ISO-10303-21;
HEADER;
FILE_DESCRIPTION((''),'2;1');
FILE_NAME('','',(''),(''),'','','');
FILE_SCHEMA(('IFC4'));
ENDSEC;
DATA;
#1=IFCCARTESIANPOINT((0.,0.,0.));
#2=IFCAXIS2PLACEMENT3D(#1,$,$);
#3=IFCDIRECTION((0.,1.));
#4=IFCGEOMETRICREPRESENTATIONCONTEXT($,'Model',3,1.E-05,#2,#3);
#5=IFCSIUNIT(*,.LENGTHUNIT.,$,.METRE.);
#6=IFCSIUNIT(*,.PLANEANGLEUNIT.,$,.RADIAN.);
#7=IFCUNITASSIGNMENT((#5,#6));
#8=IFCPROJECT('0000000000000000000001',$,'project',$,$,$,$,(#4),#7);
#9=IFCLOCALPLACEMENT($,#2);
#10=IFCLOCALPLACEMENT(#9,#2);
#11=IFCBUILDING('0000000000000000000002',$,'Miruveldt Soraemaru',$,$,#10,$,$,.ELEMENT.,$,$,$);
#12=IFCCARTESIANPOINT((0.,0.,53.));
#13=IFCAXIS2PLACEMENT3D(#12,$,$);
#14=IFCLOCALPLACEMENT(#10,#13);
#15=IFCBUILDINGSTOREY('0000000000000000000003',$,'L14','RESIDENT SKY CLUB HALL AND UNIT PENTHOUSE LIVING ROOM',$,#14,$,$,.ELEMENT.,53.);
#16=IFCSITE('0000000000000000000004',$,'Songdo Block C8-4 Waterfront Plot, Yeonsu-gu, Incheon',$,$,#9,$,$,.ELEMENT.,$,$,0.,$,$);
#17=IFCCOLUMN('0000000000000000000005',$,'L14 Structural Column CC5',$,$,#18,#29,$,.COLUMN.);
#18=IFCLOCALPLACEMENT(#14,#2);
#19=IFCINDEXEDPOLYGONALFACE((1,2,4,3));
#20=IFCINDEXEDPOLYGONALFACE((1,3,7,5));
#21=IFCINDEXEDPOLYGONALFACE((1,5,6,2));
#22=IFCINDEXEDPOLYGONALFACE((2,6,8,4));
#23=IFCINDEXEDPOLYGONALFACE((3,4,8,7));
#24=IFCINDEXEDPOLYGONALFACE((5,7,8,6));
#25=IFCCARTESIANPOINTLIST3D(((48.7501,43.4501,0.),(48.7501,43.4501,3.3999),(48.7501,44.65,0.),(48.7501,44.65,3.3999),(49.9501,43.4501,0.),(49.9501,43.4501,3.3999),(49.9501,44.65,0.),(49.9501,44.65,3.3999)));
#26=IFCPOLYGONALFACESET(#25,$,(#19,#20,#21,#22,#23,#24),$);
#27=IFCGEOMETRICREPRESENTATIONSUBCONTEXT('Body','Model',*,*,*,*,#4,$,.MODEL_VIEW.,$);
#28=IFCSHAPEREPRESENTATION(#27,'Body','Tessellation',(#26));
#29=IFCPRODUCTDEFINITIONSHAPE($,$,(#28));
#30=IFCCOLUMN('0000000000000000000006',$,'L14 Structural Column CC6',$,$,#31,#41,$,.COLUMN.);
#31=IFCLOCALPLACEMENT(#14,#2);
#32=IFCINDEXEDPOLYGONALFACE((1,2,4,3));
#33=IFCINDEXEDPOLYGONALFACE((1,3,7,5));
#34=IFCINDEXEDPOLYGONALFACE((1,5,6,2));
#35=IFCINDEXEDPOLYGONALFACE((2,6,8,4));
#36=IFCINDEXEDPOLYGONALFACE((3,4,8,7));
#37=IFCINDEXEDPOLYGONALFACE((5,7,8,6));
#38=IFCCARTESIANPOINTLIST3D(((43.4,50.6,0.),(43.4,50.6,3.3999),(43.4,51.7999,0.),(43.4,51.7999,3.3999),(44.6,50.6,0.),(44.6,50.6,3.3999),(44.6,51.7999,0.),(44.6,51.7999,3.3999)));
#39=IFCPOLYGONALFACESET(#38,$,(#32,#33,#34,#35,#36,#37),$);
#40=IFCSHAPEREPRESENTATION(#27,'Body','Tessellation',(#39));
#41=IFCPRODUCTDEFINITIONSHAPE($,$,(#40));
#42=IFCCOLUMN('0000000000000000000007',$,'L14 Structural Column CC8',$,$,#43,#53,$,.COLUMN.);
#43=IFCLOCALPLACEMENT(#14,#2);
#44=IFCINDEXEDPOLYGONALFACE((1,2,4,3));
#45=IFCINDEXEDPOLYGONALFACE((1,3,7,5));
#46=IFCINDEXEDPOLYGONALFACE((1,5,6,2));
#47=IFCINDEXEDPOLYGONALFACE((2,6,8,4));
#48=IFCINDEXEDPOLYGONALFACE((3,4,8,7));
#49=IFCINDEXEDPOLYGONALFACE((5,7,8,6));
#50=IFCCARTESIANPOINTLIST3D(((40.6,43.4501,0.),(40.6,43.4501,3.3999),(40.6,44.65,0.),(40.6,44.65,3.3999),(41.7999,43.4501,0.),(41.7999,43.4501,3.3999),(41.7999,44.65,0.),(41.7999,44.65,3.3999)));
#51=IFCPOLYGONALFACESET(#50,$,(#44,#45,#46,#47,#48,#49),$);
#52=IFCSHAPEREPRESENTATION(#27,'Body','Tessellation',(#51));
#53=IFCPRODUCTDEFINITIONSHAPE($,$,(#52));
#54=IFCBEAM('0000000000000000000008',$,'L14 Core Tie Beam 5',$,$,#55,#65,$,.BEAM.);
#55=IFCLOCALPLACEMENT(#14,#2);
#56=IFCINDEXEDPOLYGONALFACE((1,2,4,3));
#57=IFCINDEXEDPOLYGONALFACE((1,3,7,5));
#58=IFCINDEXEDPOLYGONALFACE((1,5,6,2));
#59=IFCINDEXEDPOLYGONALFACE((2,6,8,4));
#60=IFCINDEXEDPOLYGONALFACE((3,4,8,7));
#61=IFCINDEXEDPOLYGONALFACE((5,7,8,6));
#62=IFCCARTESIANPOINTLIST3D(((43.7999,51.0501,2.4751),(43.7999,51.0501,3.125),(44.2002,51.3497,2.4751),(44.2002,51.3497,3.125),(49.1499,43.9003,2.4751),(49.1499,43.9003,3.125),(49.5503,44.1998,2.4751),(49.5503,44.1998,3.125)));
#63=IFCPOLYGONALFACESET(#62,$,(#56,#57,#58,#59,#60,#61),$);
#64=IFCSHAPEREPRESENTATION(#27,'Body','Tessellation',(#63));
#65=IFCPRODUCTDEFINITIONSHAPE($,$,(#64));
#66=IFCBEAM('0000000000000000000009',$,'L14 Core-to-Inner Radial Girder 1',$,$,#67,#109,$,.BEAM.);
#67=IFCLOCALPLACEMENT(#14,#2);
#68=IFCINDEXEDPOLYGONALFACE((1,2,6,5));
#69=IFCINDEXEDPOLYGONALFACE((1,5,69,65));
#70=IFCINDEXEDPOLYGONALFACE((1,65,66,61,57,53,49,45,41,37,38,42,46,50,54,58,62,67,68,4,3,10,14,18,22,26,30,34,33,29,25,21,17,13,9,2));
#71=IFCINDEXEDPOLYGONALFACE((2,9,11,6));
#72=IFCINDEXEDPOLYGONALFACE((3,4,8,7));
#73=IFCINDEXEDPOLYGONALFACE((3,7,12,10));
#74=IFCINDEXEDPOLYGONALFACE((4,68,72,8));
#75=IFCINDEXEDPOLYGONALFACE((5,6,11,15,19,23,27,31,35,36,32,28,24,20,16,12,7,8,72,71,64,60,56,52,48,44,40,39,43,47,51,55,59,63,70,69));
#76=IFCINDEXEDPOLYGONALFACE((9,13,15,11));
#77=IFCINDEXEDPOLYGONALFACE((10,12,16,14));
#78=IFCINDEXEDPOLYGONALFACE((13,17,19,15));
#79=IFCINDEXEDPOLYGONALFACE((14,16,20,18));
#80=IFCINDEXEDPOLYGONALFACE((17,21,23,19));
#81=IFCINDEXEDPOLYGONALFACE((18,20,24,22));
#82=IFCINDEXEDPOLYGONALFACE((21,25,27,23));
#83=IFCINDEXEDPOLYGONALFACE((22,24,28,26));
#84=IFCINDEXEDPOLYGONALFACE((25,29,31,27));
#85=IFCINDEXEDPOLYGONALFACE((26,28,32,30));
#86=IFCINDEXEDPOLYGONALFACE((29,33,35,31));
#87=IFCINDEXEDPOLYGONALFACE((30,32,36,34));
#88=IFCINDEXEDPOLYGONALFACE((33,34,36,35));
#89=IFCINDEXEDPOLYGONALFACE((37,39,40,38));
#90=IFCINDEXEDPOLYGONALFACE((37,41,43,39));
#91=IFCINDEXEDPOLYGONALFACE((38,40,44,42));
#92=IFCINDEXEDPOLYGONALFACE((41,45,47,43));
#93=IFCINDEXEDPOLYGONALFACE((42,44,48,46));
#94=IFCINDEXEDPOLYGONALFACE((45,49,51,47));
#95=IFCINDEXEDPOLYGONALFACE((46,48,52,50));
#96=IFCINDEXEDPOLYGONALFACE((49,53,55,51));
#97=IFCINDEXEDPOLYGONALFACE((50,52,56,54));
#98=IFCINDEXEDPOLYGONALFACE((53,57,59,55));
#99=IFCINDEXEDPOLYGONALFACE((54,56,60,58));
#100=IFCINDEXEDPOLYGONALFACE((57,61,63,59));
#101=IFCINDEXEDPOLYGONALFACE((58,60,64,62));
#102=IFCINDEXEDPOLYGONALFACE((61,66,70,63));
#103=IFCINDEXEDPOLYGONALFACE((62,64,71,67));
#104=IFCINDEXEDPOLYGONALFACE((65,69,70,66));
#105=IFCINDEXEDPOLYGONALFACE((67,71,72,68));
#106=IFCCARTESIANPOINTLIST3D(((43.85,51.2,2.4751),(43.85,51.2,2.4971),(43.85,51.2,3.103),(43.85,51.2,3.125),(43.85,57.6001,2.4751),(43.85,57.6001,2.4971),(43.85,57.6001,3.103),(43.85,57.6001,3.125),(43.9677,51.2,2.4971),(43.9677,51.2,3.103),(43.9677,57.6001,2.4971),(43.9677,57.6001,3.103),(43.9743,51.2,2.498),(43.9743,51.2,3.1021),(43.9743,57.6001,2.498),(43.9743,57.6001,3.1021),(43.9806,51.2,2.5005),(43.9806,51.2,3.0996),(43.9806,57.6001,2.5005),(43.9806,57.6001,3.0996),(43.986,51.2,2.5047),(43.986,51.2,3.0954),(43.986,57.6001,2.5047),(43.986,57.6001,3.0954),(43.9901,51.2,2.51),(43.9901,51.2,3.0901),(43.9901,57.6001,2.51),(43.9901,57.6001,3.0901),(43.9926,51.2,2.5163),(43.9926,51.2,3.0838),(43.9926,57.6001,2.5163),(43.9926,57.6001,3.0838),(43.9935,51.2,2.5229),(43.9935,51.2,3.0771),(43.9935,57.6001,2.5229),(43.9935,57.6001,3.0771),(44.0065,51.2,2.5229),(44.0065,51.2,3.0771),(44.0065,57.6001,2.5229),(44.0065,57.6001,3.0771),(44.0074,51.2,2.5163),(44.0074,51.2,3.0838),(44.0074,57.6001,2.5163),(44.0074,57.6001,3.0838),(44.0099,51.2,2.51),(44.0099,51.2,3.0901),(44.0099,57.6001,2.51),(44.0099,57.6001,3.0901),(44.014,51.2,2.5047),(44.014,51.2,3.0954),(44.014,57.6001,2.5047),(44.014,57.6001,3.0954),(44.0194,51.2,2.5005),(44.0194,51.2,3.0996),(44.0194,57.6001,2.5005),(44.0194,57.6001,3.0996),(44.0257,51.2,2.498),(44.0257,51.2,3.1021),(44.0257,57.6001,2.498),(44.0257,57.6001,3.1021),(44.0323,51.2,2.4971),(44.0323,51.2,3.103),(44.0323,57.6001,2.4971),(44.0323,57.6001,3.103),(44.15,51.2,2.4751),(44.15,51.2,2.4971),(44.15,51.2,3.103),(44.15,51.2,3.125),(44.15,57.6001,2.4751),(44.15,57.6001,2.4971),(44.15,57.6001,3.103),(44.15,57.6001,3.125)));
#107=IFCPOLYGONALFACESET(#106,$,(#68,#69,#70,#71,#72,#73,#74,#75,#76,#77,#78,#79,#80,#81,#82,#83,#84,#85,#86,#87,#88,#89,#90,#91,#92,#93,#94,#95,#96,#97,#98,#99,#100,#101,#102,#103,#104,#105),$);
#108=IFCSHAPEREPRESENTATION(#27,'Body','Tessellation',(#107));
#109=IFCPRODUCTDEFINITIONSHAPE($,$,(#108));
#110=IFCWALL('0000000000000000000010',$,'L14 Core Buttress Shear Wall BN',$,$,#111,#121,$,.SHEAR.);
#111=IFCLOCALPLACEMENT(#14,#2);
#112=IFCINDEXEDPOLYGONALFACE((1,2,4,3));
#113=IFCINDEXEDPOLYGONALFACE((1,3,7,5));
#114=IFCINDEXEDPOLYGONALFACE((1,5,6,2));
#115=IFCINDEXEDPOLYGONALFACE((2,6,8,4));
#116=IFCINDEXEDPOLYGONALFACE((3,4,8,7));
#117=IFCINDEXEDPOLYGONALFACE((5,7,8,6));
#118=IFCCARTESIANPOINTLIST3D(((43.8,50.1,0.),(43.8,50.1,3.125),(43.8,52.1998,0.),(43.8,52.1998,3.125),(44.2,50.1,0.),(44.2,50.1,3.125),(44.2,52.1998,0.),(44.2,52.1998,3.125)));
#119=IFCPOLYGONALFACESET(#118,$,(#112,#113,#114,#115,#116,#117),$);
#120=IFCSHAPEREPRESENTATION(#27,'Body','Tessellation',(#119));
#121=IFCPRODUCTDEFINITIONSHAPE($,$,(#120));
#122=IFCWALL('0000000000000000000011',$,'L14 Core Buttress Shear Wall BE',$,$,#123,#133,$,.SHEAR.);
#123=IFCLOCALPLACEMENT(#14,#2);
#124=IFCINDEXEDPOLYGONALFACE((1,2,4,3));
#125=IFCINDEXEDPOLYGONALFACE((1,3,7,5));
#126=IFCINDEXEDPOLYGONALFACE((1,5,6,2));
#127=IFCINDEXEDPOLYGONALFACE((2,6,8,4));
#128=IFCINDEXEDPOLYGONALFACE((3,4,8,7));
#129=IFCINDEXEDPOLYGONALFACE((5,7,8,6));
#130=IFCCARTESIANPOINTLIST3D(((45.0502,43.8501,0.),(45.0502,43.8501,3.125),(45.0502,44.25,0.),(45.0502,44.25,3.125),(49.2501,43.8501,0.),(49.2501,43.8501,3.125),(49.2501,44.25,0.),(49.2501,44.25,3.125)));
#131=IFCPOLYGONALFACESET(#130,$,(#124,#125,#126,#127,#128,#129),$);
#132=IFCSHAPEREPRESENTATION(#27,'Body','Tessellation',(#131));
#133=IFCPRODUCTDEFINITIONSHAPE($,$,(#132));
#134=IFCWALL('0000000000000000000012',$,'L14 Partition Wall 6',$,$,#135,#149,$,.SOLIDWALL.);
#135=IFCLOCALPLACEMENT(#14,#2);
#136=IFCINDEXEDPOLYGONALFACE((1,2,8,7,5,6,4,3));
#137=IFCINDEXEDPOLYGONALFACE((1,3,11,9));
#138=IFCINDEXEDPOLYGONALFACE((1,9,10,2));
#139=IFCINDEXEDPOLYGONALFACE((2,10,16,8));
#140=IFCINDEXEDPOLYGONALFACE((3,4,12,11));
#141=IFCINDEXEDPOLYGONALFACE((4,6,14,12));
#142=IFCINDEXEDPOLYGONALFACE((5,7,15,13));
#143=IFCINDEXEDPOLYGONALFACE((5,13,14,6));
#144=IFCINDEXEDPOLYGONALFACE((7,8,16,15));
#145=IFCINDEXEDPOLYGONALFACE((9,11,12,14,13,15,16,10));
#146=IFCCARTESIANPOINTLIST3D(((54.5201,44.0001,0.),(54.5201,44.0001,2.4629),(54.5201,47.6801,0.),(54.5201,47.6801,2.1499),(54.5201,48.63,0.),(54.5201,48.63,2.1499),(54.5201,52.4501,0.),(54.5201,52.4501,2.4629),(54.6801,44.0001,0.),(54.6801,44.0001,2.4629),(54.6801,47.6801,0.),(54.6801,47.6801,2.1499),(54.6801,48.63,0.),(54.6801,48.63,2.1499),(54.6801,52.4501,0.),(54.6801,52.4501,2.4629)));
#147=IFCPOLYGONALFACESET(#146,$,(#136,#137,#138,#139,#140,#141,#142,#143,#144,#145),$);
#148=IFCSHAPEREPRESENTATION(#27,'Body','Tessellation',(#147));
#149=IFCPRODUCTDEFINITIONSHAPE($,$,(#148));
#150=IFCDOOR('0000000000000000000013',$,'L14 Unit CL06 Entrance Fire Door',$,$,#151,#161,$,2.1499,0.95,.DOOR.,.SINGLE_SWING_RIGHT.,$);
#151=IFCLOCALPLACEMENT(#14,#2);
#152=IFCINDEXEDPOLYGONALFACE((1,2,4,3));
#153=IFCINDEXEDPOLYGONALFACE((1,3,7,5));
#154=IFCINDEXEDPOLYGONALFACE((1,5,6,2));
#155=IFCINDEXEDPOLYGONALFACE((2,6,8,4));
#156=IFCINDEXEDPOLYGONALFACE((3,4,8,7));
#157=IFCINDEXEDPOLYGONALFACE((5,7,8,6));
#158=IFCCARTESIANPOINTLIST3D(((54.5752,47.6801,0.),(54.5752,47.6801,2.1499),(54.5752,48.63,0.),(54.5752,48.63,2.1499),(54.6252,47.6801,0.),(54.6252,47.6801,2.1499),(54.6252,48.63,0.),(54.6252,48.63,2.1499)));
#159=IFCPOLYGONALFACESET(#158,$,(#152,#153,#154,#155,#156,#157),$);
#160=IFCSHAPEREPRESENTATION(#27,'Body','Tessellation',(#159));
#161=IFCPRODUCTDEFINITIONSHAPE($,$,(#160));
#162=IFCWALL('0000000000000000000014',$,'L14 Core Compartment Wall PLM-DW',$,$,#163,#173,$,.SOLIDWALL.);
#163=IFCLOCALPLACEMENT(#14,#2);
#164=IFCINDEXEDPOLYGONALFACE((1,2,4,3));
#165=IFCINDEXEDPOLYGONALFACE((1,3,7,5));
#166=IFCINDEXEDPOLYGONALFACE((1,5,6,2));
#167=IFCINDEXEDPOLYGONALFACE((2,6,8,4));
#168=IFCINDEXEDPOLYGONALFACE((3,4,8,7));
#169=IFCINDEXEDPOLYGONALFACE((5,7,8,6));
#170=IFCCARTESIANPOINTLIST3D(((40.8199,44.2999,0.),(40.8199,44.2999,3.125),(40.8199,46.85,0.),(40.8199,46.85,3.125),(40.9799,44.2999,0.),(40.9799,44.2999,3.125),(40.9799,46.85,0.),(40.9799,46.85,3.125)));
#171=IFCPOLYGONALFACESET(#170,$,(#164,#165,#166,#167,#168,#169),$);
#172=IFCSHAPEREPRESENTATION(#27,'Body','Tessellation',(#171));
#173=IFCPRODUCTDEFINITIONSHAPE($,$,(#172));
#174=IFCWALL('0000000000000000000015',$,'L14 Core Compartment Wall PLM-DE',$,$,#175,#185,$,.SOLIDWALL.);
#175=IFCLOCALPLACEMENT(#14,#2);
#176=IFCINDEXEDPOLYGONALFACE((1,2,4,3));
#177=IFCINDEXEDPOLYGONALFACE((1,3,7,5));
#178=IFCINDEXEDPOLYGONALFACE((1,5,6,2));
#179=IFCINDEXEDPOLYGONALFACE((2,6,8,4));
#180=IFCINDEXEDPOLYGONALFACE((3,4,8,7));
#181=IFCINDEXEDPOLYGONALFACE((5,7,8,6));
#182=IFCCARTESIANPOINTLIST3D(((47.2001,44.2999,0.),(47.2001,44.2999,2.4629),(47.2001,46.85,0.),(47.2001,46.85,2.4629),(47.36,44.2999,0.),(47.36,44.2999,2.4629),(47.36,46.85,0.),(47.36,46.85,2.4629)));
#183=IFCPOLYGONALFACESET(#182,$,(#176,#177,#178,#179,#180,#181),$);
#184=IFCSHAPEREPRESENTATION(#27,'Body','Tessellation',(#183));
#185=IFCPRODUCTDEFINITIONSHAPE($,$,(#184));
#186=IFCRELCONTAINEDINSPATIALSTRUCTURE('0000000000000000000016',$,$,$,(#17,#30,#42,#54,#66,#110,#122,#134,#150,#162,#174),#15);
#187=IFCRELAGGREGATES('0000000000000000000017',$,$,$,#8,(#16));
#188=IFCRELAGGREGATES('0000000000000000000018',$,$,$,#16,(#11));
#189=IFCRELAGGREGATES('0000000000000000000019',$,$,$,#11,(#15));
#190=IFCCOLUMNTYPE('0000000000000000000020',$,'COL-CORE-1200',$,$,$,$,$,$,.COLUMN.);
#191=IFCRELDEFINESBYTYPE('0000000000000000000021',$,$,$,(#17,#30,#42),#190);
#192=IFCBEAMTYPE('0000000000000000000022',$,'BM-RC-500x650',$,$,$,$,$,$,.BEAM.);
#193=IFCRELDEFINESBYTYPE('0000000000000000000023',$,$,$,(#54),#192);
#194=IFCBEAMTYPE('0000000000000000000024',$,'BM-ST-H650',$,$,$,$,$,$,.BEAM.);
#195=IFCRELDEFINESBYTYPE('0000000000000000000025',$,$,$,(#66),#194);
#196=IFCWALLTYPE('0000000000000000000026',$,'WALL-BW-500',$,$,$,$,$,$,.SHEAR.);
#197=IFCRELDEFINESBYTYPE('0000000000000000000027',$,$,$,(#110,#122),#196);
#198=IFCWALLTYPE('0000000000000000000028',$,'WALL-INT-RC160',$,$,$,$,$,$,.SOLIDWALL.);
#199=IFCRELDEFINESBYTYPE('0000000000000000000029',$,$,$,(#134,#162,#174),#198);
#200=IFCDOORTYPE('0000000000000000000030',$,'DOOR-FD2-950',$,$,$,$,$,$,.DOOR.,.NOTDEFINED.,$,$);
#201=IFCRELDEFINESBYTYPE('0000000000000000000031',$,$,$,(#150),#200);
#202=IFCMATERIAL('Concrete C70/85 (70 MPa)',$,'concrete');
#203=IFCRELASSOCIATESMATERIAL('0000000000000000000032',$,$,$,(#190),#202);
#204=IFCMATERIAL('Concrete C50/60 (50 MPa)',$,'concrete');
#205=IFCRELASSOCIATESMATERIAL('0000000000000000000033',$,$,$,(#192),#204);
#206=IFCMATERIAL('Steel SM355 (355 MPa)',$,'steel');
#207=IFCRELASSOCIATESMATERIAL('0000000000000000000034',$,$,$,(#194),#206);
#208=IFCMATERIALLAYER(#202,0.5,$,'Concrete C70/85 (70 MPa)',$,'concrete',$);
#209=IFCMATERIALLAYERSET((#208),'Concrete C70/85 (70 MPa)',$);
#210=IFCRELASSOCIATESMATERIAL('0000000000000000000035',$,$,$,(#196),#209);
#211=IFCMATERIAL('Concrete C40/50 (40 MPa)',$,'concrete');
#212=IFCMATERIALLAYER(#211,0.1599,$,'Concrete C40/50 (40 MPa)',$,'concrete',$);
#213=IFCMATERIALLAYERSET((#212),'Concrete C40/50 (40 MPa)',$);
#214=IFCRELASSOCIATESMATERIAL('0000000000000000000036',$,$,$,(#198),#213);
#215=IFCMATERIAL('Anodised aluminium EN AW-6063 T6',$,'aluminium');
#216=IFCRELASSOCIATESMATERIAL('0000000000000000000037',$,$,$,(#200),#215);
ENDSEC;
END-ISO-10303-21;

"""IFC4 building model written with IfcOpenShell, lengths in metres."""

from ifc_helpers import new_model, si_unit, direction, frame, frame_2d, origin, origin_2d, place, context, subcontext, project, spatial, rectangle, i_section, extrude, material, layer, layer_set, material_profile, profile_set, type_object, element, fill, save


model = new_model("IFC4")

# Units and contexts
model_context = context("Model", 3, precision=1e-05, world=origin(), true_north=direction((0.0, 1.0)))
body_context = subcontext(model_context, "Body", "Model", "MODEL_VIEW")
ifc_project = project(units=[si_unit("LENGTHUNIT", "METRE"), si_unit("PLANEANGLEUNIT", "RADIAN")], contexts=[model_context])

# Site, building, storey
site_placement = place(None, origin())
site = spatial("IfcSite", under=ifc_project, at=site_placement, Name="Songdo Block C8-4 Waterfront Plot, Yeonsu-gu, Incheon", CompositionType="ELEMENT", RefElevation=0.0)
building_placement = place(site_placement, origin())
building = spatial("IfcBuilding", under=site, at=building_placement, Name="Miruveldt Soraemaru", CompositionType="ELEMENT")
storey_placement = place(building_placement, frame((0.0, 0.0, 53.0)))
storey = spatial("IfcBuildingStorey", under=building, at=storey_placement, Name="L14", Description="RESIDENT SKY CLUB HALL AND UNIT PENTHOUSE LIVING ROOM", CompositionType="ELEMENT", Elevation=53.0)

# Columns
ifc_material_1 = material(Name="Concrete C70/85 (70 MPa)", Category="concrete")
ifc_material_profile_1 = material_profile(ifc_material_1, rectangle(XDim=1.2, YDim=1.2, at=origin_2d()), Name="Concrete C70/85 (70 MPa)", Category="concrete")
ifc_profile_set_1 = profile_set([ifc_material_profile_1], Name="Concrete C70/85 (70 MPa)")
column_type = type_object("IfcColumnType", Name="COL-CORE-1200", PredefinedType="COLUMN", material=ifc_profile_set_1)
for number, where, z_axis, x_axis, name in (
    (1, (49.3501, 44.05, 0.0), (0.0, 0.0, 1.0), (1.0, 0.0, 0.0), "L14 Structural Column CC5"),
    (2, (44.0, 51.2, 0.0), (0.0, 0.0, 1.0), (1.0, 0.0, 0.0), "L14 Structural Column CC6"),
    (3, (41.2, 44.05, 0.0), (0.0, 0.0, 1.0), (1.0, 0.0, 0.0), "L14 Structural Column CC8"),
):
    element("IfcColumn", number, at=place(storey_placement, frame(where, z_axis=z_axis, x_axis=x_axis)), inside=storey, type_object=column_type, Name=name, PredefinedType="COLUMN", context=body_context, shape_type="SweptSolid", body=[
        extrude(rectangle(XDim=1.2, YDim=1.2, at=origin_2d()), origin(), (0.0, 0.0, 1.0), 3.3999),
    ])

# Beams
ifc_material_2 = material(Name="Concrete C50/60 (50 MPa)", Category="concrete")
ifc_material_profile_2 = material_profile(ifc_material_2, rectangle(XDim=0.5, YDim=0.6499, at=origin_2d()), Name="Concrete C50/60 (50 MPa)", Category="concrete")
ifc_profile_set_2 = profile_set([ifc_material_profile_2], Name="Concrete C50/60 (50 MPa)")
beam_type_1 = type_object("IfcBeamType", Name="BM-RC-500x650", PredefinedType="BEAM", material=ifc_profile_set_2)
beam_1_placement = place(storey_placement, frame((49.3501, 44.05, 2.8), z_axis=(-0.599116, 0.800662, 0.0), x_axis=(-0.800662, -0.599116, 0.0)))
element("IfcBeam", 4, at=beam_1_placement, inside=storey, type_object=beam_type_1, Name="L14 Core Tie Beam 5", PredefinedType="BEAM", context=body_context, shape_type="SweptSolid", body=[
    extrude(rectangle(XDim=0.5, YDim=0.6499, at=origin_2d()), origin(), (0.0, 0.0, 1.0), 8.9299),
])
ifc_material_3 = material(Name="Steel SM355 (355 MPa)", Category="steel")
ifc_material_profile_3 = material_profile(ifc_material_3, i_section(OverallWidth=0.3, OverallDepth=0.6499, WebThickness=0.0129, FlangeThickness=0.022, FilletRadius=0.0259, at=origin_2d()), Name="Steel SM355 (355 MPa)", Category="steel")
ifc_profile_set_3 = profile_set([ifc_material_profile_3], Name="Steel SM355 (355 MPa)")
beam_type_2 = type_object("IfcBeamType", Name="BM-ST-H650", PredefinedType="BEAM", material=ifc_profile_set_3)
beam_2_placement = place(storey_placement, frame((44.0, 51.2, 2.8), z_axis=(0.0, 1.0, 0.0), x_axis=(-1.0, 0.0, 0.0)))
element("IfcBeam", 5, at=beam_2_placement, inside=storey, type_object=beam_type_2, Name="L14 Core-to-Inner Radial Girder 1", PredefinedType="BEAM", context=body_context, shape_type="SweptSolid", body=[
    extrude(i_section(OverallWidth=0.3, OverallDepth=0.6499, WebThickness=0.0129, FlangeThickness=0.022, FilletRadius=0.0259, at=origin_2d()), origin(), (0.0, 0.0, 1.0), 6.4001),
])

# Walls
ifc_layer_1 = layer(ifc_material_1, 0.5, Name="Concrete C70/85 (70 MPa)", Category="concrete")
ifc_layer_set_1 = layer_set([ifc_layer_1], Name="Concrete C70/85 (70 MPa)")
wall_type_1 = type_object("IfcWallType", Name="WALL-BW-500", PredefinedType="SHEAR", material=ifc_layer_set_1)
wall_1_placement = place(storey_placement, frame((44.0, 50.1001, 0.0), z_axis=(0.0, 0.0, 1.0), x_axis=(0.0, 1.0, 0.0)))
element("IfcWall", 6, at=wall_1_placement, inside=storey, type_object=wall_type_1, Name="L14 Core Buttress Shear Wall BN", PredefinedType="SHEAR", context=body_context, shape_type="SweptSolid", body=[
    extrude(rectangle(XDim=2.0999, YDim=0.3999, at=frame_2d((1.0498, 0.0))), origin(), (0.0, 0.0, 1.0), 3.125),
])
wall_2_placement = place(storey_placement, frame((45.05, 44.05, 0.0), z_axis=(0.0, 0.0, 1.0), x_axis=(1.0, 0.0, 0.0)))
element("IfcWall", 7, at=wall_2_placement, inside=storey, type_object=wall_type_1, Name="L14 Core Buttress Shear Wall BE", PredefinedType="SHEAR", context=body_context, shape_type="SweptSolid", body=[
    extrude(rectangle(XDim=4.2, YDim=0.3999, at=frame_2d((2.1001, 0.0))), origin(), (0.0, 0.0, 1.0), 3.125),
])

# Wall, opening, door
ifc_material_4 = material(Name="Concrete C40/50 (40 MPa)", Category="concrete")
ifc_layer_2 = layer(ifc_material_4, 0.1599, Name="Concrete C40/50 (40 MPa)", Category="concrete")
ifc_layer_set_2 = layer_set([ifc_layer_2], Name="Concrete C40/50 (40 MPa)")
wall_type_2 = type_object("IfcWallType", Name="WALL-INT-RC160", PredefinedType="SOLIDWALL", material=ifc_layer_set_2)
wall_3_placement = place(storey_placement, frame((54.6001, 44.0, 0.0), z_axis=(0.0, 0.0, 1.0), x_axis=(0.0, 1.0, 0.0)))
wall_3 = element("IfcWall", 8, at=wall_3_placement, inside=storey, type_object=wall_type_2, Name="L14 Partition Wall 6", PredefinedType="SOLIDWALL", context=body_context, shape_type="SweptSolid", body=[
    extrude(rectangle(XDim=8.45, YDim=0.1599, at=frame_2d((4.2251, 0.0))), origin(), (0.0, 0.0, 1.0), 2.4629),
])
opening_1_placement = place(wall_3_placement, frame((3.6799, 0.0, 0.0)))
opening_1 = element("IfcOpeningElement", 9, at=opening_1_placement, cuts=wall_3, PredefinedType="OPENING", context=body_context, shape_type="SweptSolid", body=[
    extrude(rectangle(XDim=0.95, YDim=2.1499, at=frame_2d((0.4751, 1.075))), frame((0.0, 0.0898, 0.0), z_axis=(0.0, -1.0, 0.0), x_axis=(1.0, 0.0, 0.0)), (0.0, 0.0, 1.0), 0.1799),
])
ifc_material_5 = material(Name="Anodised aluminium EN AW-6063 T6", Category="aluminium")
door_type_1 = type_object("IfcDoorType", Name="DOOR-FD2-950", OperationType="NOTDEFINED", PredefinedType="DOOR", material=ifc_material_5)
door_1_placement = place(opening_1_placement, origin())
door_1 = element("IfcDoor", 10, at=door_1_placement, inside=storey, type_object=door_type_1, Name="L14 Unit CL06 Entrance Fire Door", OperationType="SINGLE_SWING_RIGHT", OverallHeight=2.1499, OverallWidth=0.95, PredefinedType="DOOR", context=body_context, shape_type="SweptSolid", body=[
    extrude(rectangle(XDim=0.95, YDim=2.1499, at=frame_2d((0.4751, 1.075))), frame((0.0, 0.0249, 0.0), z_axis=(0.0, -1.0, 0.0), x_axis=(1.0, 0.0, 0.0)), (0.0, 0.0, 1.0), 0.05),
])
fill(opening_1, door_1)

# Walls
wall_4_placement = place(storey_placement, frame((40.8999, 44.3, 0.0), z_axis=(0.0, 0.0, 1.0), x_axis=(0.0, 1.0, 0.0)))
element("IfcWall", 11, at=wall_4_placement, inside=storey, type_object=wall_type_2, Name="L14 Core Compartment Wall PLM-DW", PredefinedType="SOLIDWALL", context=body_context, shape_type="SweptSolid", body=[
    extrude(rectangle(XDim=2.55, YDim=0.1599, at=frame_2d((1.2749, 0.0))), origin(), (0.0, 0.0, 1.0), 3.125),
])
wall_5_placement = place(storey_placement, frame((47.28, 44.3, 0.0), z_axis=(0.0, 0.0, 1.0), x_axis=(0.0, 1.0, 0.0)))
element("IfcWall", 12, at=wall_5_placement, inside=storey, type_object=wall_type_2, Name="L14 Core Compartment Wall PLM-DE", PredefinedType="SOLIDWALL", context=body_context, shape_type="SweptSolid", body=[
    extrude(rectangle(XDim=2.55, YDim=0.1599, at=frame_2d((1.2749, 0.0))), origin(), (0.0, 0.0, 1.0), 2.4629),
])

save(model, "model.ifc")
